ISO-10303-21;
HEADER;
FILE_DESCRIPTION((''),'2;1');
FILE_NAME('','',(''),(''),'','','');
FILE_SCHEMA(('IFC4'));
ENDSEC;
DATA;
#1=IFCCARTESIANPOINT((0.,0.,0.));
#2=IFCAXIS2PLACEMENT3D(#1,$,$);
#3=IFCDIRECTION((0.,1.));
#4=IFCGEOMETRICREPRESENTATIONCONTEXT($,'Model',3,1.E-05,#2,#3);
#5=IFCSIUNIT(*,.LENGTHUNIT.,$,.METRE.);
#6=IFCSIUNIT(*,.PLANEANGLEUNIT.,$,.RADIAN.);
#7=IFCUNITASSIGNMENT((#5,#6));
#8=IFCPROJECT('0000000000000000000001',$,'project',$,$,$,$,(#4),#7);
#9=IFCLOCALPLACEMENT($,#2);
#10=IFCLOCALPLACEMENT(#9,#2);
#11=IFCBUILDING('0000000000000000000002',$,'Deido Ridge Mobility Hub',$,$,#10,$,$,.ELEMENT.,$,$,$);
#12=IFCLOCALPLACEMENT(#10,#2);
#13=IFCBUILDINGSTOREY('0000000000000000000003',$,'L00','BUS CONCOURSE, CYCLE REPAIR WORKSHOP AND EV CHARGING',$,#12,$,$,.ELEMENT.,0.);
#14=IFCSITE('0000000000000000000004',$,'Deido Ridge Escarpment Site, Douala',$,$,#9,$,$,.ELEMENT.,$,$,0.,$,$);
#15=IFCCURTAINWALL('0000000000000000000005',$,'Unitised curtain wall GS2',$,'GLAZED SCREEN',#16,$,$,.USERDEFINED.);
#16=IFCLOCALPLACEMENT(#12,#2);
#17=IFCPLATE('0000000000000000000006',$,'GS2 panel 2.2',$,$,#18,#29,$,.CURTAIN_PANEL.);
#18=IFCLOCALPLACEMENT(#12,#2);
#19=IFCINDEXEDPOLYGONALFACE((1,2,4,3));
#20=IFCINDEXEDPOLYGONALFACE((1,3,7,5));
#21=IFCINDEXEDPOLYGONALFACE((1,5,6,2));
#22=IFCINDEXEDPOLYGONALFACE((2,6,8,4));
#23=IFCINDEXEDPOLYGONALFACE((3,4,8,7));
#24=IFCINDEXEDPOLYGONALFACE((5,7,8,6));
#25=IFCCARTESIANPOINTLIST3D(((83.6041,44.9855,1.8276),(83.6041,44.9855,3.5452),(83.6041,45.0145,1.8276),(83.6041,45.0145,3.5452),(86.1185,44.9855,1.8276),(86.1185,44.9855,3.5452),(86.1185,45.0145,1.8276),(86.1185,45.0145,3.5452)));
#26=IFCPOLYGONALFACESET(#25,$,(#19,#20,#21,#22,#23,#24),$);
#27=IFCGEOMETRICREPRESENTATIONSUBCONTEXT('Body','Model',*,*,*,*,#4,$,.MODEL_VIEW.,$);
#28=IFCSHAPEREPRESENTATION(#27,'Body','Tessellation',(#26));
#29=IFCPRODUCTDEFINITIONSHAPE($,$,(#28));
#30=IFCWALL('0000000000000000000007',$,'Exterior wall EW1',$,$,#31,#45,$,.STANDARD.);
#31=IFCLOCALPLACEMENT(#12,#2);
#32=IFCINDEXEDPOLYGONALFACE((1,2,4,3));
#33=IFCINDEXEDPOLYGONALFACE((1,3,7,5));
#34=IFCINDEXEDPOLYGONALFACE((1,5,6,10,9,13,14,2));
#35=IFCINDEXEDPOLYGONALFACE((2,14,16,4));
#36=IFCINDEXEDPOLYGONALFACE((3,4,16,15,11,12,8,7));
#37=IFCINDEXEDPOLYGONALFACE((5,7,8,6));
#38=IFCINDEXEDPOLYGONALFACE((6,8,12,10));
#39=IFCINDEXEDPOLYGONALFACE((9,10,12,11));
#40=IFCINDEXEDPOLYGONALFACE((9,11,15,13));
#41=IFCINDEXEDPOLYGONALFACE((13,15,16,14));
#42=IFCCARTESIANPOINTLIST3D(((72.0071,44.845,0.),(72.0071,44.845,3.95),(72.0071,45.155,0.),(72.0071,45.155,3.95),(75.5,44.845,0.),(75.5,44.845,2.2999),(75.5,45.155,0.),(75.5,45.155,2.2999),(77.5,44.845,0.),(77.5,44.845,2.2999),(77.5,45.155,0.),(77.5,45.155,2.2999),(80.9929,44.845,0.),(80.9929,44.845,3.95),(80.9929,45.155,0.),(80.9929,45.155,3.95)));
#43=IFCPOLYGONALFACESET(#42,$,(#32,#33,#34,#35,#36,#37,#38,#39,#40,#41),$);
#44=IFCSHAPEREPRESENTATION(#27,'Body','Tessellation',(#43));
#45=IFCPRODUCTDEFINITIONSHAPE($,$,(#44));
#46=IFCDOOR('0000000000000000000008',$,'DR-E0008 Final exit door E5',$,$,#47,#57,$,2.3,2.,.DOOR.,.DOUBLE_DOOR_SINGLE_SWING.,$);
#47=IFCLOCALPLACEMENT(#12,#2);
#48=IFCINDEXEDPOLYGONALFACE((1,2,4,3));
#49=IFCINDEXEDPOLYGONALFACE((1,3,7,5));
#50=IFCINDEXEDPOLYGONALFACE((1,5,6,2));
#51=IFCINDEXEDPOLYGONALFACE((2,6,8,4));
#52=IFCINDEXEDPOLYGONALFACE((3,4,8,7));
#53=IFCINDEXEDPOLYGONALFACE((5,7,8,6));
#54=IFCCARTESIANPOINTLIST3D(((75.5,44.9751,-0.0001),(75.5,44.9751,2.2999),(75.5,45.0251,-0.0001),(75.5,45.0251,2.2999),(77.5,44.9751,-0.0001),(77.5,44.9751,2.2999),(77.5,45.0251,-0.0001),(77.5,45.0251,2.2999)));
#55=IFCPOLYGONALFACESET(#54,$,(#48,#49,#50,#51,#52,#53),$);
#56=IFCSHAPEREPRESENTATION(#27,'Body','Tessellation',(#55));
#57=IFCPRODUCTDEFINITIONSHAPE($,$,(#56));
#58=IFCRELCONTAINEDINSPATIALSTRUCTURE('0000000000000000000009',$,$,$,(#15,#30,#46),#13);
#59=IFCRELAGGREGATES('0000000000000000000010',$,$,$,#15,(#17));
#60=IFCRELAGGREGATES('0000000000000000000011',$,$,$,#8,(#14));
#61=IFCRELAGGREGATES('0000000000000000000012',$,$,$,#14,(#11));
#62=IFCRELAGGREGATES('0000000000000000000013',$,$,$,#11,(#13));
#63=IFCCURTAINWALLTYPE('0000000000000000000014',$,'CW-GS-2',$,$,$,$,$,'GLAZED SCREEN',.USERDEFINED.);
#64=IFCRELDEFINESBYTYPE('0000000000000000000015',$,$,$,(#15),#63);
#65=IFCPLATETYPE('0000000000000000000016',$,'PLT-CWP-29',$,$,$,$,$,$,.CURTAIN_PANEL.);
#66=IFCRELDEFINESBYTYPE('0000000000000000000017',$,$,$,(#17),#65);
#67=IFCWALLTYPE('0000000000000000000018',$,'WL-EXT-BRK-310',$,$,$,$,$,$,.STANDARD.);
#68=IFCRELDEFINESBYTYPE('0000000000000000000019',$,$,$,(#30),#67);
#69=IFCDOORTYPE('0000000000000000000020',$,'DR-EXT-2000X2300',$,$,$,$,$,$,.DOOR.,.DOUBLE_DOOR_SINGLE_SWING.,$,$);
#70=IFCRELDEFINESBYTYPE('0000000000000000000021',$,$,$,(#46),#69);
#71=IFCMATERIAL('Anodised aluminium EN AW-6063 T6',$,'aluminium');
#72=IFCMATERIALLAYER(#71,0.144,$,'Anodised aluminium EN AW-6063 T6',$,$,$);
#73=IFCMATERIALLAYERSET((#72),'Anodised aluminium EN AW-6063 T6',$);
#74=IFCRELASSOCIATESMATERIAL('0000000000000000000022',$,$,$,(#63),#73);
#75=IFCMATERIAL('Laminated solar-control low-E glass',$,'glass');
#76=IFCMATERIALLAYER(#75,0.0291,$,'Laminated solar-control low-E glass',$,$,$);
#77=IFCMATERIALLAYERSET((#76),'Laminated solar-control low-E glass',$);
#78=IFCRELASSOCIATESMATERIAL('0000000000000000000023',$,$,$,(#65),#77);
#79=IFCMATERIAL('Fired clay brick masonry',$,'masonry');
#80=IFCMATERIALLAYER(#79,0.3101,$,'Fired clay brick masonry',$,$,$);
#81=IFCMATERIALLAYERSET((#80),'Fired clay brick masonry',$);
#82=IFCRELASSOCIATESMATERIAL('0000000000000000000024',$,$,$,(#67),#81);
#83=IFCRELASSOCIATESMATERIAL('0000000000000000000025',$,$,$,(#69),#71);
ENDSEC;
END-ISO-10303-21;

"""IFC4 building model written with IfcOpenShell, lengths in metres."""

from ifc_helpers import new_model, si_unit, direction, frame, frame_2d, origin, origin_2d, place, context, subcontext, project, spatial, rectangle, extrude, material, layer, layer_set, type_object, element, fill, aggregate, save


model = new_model("IFC4")

# Units and contexts
model_context = context("Model", 3, precision=1e-05, world=origin(), true_north=direction((0.0, 1.0)))
body_context = subcontext(model_context, "Body", "Model", "MODEL_VIEW")
ifc_project = project(units=[si_unit("LENGTHUNIT", "METRE"), si_unit("PLANEANGLEUNIT", "RADIAN")], contexts=[model_context])

# Site, building, storey
site_placement = place(None, origin())
site = spatial("IfcSite", under=ifc_project, at=site_placement, Name="Deido Ridge Escarpment Site, Douala", CompositionType="ELEMENT", RefElevation=0.0)
building_placement = place(site_placement, origin())
building = spatial("IfcBuilding", under=site, at=building_placement, Name="Deido Ridge Mobility Hub", CompositionType="ELEMENT")
storey_placement = place(building_placement, origin())
storey = spatial("IfcBuildingStorey", under=building, at=storey_placement, Name="L00", Description="BUS CONCOURSE, CYCLE REPAIR WORKSHOP AND EV CHARGING", CompositionType="ELEMENT", Elevation=0.0)

# Curtain wall
ifc_material_1 = material(Name="Anodised aluminium EN AW-6063 T6", Category="aluminium")
ifc_layer_1 = layer(ifc_material_1, 0.144, Name="Anodised aluminium EN AW-6063 T6")
ifc_layer_set_1 = layer_set([ifc_layer_1], Name="Anodised aluminium EN AW-6063 T6")
curtain_wall_type = type_object("IfcCurtainWallType", Name="CW-GS-2", ElementType="GLAZED SCREEN", PredefinedType="USERDEFINED", material=ifc_layer_set_1)
curtain_wall_placement = place(storey_placement, origin())
curtain_wall = element("IfcCurtainWall", 1, at=curtain_wall_placement, inside=storey, type_object=curtain_wall_type, Name="Unitised curtain wall GS2", ObjectType="GLAZED SCREEN", PredefinedType="USERDEFINED")

# Plate
ifc_material_2 = material(Name="Laminated solar-control low-E glass", Category="glass")
ifc_layer_2 = layer(ifc_material_2, 0.0291, Name="Laminated solar-control low-E glass")
ifc_layer_set_2 = layer_set([ifc_layer_2], Name="Laminated solar-control low-E glass")
plate_type = type_object("IfcPlateType", Name="PLT-CWP-29", PredefinedType="CURTAIN_PANEL", material=ifc_layer_set_2)
plate_1_placement = place(storey_placement, frame((84.8613, 45.0, 1.8276), z_axis=(0.0, 0.0, 1.0), x_axis=(1.0, 0.0, 0.0)))
plate_1 = element("IfcPlate", 2, at=plate_1_placement, type_object=plate_type, Name="GS2 panel 2.2", PredefinedType="CURTAIN_PANEL", context=body_context, shape_type="SweptSolid", body=[
    extrude(rectangle(XDim=2.5144, YDim=0.0291, at=origin_2d()), origin(), (0.0, 0.0, 1.0), 1.7175),
])
aggregate(curtain_wall, [plate_1])

# Wall, opening, door
ifc_material_3 = material(Name="Fired clay brick masonry", Category="masonry")
ifc_layer_3 = layer(ifc_material_3, 0.3101, Name="Fired clay brick masonry")
ifc_layer_set_3 = layer_set([ifc_layer_3], Name="Fired clay brick masonry")
wall_type = type_object("IfcWallType", Name="WL-EXT-BRK-310", PredefinedType="STANDARD", material=ifc_layer_set_3)
wall_placement = place(storey_placement, frame((72.0071, 45.0, 0.0), z_axis=(0.0, 0.0, 1.0), x_axis=(1.0, 0.0, 0.0)))
wall = element("IfcWall", 3, at=wall_placement, inside=storey, type_object=wall_type, Name="Exterior wall EW1", PredefinedType="STANDARD", context=body_context, shape_type="SweptSolid", body=[
    extrude(rectangle(XDim=8.9858, YDim=0.3101, at=frame_2d((4.4929, 0.0))), origin(), (0.0, 0.0, 1.0), 3.95),
])
opening_placement = place(wall_placement, frame((3.4929, 0.0, 0.0)))
opening = element("IfcOpeningElement", 4, at=opening_placement, cuts=wall, PredefinedType="OPENING", context=body_context, shape_type="SweptSolid", body=[
    extrude(rectangle(XDim=2.0, YDim=2.3, at=frame_2d((1.0, 1.1499))), frame((0.0, 0.165, 0.0), z_axis=(0.0, -1.0, 0.0), x_axis=(1.0, 0.0, 0.0)), (0.0, 0.0, 1.0), 0.3301),
])
door_type = type_object("IfcDoorType", Name="DR-EXT-2000X2300", OperationType="DOUBLE_DOOR_SINGLE_SWING", PredefinedType="DOOR", material=ifc_material_1)
door_placement = place(opening_placement, frame((2.0, 0.0, 0.0), z_axis=(0.0, 0.0, 1.0), x_axis=(-1.0, 0.0, 0.0)))
door = element("IfcDoor", 5, at=door_placement, inside=storey, type_object=door_type, Name="DR-E0008 Final exit door E5", OperationType="DOUBLE_DOOR_SINGLE_SWING", OverallHeight=2.3, OverallWidth=2.0, PredefinedType="DOOR", context=body_context, shape_type="SweptSolid", body=[
    extrude(rectangle(XDim=2.0, YDim=2.3, at=frame_2d((1.0, 1.1499))), frame((0.0, 0.0249, 0.0), z_axis=(0.0, -1.0, 0.0), x_axis=(1.0, 0.0, 0.0)), (0.0, 0.0, 1.0), 0.05),
])
fill(opening, door)

save(model, "model.ifc")
